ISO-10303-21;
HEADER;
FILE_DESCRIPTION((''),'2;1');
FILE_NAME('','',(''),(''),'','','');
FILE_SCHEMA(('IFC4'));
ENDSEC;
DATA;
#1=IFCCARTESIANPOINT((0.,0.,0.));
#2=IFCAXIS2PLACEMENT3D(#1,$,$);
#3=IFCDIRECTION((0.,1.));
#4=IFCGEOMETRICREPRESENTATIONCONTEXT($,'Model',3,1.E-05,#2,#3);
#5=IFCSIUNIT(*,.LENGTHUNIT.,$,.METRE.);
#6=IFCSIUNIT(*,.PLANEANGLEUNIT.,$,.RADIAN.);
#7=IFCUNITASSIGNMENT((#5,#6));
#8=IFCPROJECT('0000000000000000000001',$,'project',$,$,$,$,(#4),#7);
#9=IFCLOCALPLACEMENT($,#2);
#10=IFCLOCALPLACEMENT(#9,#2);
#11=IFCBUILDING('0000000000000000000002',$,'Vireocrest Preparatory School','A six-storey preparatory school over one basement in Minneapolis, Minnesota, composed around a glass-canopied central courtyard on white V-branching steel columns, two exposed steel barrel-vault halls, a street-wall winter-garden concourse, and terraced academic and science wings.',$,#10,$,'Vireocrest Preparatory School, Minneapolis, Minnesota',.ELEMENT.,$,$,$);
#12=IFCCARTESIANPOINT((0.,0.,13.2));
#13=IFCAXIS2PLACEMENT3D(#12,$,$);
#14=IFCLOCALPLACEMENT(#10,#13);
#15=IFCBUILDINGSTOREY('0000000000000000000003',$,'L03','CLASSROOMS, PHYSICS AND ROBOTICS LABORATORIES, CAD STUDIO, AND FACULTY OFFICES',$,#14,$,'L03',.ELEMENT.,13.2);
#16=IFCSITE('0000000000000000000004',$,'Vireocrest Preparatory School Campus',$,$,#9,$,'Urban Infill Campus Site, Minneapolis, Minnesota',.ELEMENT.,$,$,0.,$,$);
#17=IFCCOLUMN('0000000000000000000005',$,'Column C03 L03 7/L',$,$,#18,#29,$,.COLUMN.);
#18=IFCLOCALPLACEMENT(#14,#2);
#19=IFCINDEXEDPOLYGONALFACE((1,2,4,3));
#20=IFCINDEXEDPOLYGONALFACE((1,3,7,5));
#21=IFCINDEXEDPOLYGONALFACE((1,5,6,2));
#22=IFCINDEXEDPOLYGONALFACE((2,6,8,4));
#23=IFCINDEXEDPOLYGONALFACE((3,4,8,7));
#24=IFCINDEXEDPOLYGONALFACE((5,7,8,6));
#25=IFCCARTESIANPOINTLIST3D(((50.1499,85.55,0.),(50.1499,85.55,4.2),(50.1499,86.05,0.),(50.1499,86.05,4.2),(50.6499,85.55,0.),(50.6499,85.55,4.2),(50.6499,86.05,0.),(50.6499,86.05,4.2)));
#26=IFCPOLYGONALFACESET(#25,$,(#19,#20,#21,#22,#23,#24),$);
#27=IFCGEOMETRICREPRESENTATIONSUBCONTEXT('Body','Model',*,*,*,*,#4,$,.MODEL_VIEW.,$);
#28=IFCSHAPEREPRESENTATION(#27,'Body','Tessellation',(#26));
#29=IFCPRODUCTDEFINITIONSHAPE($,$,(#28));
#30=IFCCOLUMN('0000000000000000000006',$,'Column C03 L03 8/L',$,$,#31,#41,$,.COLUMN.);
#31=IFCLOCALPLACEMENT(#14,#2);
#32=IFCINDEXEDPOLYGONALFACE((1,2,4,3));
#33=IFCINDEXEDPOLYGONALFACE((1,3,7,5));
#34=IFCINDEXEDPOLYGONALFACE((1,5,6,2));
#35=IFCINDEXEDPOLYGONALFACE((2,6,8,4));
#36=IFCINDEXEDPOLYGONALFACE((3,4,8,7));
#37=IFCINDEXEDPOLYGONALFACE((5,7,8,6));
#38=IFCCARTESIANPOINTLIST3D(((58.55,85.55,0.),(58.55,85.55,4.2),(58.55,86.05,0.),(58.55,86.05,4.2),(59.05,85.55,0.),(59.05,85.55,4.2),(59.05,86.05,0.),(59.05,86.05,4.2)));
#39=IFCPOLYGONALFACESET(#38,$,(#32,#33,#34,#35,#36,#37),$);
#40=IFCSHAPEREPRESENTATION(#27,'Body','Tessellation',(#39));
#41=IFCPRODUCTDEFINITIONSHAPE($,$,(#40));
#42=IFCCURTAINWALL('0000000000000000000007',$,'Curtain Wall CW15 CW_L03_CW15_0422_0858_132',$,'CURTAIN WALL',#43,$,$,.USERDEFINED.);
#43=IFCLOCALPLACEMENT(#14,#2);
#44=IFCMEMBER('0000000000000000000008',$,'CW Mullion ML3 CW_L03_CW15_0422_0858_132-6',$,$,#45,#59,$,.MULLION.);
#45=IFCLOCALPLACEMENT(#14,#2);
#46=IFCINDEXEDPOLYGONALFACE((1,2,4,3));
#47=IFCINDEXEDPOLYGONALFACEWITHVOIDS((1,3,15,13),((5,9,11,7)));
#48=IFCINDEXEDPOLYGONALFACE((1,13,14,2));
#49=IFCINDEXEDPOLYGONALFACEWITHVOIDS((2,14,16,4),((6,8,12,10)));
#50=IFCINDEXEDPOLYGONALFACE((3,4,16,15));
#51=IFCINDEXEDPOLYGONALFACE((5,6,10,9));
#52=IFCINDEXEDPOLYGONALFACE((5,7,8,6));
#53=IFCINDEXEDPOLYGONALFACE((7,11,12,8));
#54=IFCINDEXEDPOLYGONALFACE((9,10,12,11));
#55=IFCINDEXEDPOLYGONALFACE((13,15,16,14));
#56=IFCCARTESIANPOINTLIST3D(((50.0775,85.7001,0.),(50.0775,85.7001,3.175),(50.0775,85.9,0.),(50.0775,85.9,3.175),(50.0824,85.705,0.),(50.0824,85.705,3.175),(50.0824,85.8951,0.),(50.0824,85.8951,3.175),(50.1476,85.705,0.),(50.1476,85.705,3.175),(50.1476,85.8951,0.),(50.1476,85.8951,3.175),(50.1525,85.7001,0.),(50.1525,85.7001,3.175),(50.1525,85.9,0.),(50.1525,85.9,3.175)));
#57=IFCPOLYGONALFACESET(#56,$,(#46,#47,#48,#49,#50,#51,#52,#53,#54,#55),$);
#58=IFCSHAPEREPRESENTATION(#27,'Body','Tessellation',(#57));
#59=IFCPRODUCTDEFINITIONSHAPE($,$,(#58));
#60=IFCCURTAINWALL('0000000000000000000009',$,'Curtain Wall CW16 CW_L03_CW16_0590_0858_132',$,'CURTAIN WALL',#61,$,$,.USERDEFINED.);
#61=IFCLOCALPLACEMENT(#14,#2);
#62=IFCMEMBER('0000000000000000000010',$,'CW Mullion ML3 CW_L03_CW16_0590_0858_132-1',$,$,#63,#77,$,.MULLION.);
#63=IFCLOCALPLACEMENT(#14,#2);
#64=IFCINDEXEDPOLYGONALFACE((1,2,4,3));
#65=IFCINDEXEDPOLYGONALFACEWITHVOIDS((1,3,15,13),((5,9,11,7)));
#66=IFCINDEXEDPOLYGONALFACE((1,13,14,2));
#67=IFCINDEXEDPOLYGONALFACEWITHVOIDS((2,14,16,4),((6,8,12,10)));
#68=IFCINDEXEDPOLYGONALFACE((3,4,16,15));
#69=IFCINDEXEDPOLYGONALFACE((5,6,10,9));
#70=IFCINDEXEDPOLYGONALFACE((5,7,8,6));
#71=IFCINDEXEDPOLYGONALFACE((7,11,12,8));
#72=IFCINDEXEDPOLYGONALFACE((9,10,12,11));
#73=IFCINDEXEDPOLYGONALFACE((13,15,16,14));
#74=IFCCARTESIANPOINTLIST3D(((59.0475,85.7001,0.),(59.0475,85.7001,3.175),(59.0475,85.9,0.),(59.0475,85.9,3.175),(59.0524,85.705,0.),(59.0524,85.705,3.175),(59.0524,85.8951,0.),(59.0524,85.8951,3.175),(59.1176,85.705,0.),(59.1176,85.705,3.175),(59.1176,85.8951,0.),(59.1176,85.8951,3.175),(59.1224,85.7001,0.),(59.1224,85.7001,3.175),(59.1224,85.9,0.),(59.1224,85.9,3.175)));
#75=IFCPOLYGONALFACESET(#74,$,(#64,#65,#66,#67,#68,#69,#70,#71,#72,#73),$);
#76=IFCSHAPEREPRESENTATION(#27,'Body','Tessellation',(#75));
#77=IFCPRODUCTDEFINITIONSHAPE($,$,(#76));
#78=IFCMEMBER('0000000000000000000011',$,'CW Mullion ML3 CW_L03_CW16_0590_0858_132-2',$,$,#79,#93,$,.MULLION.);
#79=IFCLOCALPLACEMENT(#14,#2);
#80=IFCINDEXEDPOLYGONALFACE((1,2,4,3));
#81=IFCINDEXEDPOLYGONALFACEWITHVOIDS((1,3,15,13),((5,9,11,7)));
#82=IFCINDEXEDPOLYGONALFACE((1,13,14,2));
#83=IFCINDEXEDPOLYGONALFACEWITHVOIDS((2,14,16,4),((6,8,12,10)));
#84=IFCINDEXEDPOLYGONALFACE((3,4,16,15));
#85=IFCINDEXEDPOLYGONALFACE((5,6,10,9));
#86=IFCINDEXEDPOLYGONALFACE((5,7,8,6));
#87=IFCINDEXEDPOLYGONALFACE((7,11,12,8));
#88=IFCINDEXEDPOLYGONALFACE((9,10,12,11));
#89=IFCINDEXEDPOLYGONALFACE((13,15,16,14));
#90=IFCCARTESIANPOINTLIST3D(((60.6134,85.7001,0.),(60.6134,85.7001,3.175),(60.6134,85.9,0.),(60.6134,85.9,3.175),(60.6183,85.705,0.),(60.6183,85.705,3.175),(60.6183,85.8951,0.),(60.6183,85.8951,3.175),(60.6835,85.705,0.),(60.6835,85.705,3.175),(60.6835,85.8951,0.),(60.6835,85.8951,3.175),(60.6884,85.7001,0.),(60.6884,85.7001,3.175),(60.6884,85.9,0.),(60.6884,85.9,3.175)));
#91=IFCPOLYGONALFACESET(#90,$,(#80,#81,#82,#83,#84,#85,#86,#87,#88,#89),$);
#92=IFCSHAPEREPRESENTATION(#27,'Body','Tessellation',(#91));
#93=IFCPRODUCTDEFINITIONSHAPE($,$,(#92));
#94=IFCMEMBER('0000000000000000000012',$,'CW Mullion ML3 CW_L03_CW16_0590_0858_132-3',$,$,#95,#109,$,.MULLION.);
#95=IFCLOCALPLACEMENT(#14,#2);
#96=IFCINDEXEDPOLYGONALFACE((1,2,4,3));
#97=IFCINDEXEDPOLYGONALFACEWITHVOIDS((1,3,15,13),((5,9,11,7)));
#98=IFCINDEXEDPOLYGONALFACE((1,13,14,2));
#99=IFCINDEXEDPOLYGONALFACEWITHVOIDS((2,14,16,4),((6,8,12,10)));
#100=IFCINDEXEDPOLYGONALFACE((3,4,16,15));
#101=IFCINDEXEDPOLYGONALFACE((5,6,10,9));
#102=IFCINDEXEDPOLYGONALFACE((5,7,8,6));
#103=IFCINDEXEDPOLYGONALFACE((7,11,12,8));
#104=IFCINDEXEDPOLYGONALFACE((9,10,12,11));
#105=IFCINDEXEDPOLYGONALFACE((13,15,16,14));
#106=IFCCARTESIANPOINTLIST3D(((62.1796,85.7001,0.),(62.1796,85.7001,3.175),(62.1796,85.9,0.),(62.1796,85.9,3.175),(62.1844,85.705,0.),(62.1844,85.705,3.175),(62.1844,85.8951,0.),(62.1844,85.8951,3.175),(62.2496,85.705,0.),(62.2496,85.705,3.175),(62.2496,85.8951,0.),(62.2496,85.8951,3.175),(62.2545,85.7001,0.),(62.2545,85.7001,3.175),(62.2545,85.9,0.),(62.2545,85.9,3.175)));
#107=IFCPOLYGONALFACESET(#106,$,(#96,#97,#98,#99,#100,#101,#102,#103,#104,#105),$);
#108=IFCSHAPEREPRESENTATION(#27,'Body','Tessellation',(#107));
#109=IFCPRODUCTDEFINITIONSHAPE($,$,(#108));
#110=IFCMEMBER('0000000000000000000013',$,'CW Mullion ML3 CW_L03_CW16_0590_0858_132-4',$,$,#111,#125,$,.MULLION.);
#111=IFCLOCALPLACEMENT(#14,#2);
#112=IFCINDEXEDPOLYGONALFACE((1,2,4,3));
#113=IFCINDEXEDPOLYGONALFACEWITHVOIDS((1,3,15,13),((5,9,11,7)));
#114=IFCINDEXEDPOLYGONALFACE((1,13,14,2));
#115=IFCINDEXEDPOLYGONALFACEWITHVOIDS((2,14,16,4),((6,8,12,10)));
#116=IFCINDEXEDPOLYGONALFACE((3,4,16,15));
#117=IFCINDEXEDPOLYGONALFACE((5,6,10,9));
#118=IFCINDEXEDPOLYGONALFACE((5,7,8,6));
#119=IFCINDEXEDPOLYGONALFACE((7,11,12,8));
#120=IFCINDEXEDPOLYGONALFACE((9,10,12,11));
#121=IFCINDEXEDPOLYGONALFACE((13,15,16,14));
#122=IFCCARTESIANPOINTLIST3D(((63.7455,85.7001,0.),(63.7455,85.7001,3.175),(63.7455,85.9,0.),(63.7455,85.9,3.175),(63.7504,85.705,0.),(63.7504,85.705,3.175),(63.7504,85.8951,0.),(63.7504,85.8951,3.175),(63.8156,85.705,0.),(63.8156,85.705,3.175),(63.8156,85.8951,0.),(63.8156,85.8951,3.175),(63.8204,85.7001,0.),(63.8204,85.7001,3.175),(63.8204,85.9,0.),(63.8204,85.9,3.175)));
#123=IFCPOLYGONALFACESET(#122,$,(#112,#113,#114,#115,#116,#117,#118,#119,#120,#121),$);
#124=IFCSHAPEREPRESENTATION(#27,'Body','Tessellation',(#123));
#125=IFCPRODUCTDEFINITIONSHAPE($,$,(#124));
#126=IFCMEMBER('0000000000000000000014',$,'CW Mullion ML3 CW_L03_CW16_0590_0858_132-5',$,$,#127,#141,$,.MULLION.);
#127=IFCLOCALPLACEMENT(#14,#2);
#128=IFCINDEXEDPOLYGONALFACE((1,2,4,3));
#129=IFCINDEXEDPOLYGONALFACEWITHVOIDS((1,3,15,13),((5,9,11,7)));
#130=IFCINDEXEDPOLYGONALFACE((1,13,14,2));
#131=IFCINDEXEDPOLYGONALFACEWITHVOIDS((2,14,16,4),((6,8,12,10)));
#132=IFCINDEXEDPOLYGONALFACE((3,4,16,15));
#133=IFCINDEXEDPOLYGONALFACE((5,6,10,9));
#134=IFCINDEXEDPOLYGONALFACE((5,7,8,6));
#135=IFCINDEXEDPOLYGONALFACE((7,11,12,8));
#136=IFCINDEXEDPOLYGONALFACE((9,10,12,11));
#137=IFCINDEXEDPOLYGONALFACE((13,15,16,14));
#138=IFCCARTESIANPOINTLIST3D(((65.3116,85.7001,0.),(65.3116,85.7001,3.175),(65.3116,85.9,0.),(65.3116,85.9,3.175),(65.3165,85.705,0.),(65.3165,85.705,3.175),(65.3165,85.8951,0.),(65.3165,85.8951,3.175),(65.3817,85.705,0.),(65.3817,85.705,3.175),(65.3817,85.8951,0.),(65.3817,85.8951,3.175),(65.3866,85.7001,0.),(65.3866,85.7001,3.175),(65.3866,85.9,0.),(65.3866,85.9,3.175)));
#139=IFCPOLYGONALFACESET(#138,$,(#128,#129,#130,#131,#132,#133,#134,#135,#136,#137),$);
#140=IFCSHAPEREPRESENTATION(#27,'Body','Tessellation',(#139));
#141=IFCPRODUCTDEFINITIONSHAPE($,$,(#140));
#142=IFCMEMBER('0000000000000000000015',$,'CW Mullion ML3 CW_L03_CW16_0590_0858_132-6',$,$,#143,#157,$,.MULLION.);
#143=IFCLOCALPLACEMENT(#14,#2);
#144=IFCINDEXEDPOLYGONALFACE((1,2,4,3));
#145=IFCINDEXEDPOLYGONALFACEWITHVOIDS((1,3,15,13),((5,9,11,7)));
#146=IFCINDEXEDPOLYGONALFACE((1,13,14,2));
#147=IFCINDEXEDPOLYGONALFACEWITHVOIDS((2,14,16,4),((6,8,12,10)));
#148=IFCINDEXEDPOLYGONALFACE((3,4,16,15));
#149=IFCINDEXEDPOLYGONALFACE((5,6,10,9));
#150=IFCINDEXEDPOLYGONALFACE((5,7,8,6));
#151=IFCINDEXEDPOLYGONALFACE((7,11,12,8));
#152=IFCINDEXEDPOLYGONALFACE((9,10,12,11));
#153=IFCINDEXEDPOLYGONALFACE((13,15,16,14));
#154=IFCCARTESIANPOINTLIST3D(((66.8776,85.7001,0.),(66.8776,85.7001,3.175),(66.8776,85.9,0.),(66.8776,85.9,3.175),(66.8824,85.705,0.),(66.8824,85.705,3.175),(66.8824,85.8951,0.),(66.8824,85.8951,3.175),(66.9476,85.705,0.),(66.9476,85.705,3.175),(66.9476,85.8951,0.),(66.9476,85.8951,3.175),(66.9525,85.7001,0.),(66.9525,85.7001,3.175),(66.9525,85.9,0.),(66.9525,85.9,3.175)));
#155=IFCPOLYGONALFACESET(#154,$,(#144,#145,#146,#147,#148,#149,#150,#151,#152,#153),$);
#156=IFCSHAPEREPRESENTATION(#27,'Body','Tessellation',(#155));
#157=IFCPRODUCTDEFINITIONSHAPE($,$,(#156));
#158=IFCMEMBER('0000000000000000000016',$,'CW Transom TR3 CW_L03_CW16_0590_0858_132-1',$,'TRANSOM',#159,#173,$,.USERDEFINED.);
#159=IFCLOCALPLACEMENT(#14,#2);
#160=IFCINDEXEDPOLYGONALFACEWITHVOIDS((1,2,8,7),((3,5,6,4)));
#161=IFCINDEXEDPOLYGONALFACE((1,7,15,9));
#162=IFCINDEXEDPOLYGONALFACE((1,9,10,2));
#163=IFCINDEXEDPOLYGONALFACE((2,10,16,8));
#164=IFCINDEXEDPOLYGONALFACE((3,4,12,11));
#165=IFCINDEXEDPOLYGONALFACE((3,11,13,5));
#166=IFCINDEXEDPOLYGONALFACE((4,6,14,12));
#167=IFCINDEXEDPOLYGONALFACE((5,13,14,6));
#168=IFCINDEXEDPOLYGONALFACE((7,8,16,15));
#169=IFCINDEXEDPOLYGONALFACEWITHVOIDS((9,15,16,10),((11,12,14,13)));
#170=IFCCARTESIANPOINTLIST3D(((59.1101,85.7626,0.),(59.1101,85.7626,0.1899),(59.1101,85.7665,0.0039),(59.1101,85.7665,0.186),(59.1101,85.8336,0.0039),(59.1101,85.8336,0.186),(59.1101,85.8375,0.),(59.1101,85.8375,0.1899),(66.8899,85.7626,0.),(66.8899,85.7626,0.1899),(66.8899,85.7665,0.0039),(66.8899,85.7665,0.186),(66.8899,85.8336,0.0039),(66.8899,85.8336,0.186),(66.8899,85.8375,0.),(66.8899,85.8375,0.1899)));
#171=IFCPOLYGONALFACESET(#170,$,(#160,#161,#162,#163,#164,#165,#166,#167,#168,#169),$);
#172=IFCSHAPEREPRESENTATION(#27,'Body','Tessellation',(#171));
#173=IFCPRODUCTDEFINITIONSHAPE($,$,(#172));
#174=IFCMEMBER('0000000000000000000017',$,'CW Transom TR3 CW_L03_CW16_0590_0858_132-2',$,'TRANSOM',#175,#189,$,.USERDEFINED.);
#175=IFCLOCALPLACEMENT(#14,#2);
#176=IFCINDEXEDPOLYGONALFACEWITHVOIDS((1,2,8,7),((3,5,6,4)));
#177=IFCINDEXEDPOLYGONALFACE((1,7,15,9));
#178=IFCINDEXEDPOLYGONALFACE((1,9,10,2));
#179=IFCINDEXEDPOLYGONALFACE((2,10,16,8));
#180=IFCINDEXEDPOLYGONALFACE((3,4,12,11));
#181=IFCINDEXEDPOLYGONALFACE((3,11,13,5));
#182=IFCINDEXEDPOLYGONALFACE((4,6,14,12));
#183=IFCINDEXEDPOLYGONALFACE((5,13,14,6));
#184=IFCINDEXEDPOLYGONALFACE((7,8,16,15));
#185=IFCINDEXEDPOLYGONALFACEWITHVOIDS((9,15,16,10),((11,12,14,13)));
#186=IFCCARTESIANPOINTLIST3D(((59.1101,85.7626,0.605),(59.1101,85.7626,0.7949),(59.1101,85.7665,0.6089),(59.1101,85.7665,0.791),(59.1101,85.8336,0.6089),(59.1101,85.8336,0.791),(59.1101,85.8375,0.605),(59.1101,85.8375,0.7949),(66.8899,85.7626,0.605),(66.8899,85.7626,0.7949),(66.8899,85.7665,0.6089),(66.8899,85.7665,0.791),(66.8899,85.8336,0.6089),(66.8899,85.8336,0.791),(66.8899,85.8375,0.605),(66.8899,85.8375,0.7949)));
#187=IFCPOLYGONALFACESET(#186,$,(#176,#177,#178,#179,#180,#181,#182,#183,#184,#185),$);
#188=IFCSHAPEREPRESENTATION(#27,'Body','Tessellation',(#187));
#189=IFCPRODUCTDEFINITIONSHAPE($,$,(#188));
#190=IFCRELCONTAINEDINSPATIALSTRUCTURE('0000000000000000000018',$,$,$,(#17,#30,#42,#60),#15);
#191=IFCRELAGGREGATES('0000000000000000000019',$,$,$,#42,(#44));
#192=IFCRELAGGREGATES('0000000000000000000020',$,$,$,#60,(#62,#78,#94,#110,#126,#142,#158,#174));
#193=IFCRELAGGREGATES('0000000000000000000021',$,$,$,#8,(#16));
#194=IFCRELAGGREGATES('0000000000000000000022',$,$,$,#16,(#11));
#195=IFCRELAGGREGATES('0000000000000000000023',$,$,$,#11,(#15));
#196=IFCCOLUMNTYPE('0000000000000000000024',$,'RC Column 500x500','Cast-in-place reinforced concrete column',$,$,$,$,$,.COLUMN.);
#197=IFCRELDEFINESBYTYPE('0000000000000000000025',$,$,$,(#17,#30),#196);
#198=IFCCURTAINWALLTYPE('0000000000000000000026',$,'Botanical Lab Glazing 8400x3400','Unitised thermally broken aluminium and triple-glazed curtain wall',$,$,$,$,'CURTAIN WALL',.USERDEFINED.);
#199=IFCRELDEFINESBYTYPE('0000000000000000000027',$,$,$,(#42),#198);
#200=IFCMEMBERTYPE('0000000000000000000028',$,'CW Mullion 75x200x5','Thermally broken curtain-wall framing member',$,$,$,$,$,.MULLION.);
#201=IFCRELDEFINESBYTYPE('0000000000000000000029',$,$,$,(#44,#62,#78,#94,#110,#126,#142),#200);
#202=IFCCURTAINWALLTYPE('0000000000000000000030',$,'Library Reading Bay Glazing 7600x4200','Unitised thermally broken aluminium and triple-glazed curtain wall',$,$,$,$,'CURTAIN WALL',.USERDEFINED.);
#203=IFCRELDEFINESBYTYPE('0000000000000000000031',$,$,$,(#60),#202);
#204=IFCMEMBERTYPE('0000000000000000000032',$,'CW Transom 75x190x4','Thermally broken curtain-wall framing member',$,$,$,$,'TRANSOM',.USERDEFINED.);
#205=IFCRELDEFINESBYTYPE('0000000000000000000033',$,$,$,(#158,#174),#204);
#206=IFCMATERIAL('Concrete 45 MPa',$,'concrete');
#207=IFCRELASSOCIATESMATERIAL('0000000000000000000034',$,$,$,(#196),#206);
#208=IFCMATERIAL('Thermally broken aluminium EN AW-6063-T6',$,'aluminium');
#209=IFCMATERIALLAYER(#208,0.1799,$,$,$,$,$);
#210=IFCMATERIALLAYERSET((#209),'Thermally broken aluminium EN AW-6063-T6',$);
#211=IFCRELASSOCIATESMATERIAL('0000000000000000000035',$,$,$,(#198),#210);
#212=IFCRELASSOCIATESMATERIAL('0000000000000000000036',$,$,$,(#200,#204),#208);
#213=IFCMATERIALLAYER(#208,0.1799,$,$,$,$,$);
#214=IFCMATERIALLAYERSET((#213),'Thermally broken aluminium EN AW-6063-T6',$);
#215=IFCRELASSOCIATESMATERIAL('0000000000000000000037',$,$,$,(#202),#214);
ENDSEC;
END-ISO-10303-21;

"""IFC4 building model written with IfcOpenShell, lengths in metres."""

from ifc_helpers import new_model, si_unit, direction, frame, origin, origin_2d, place, context, subcontext, project, spatial, rectangle, hollow_rectangle, extrude, material, layer, layer_set, material_profile, profile_set, type_object, element, aggregate, save


model = new_model("IFC4")

# Units and contexts
model_context = context("Model", 3, precision=1e-05, world=origin(), true_north=direction((0.0, 1.0)))
body_context = subcontext(model_context, "Body", "Model", "MODEL_VIEW")
ifc_project = project(units=[si_unit("LENGTHUNIT", "METRE"), si_unit("PLANEANGLEUNIT", "RADIAN")], contexts=[model_context])

# Site, building, storey
site_placement = place(None, origin())
site = spatial("IfcSite", under=ifc_project, at=site_placement, Name="Vireocrest Preparatory School Campus", LongName="Urban Infill Campus Site, Minneapolis, Minnesota", CompositionType="ELEMENT", RefElevation=0.0)
building_placement = place(site_placement, origin())
building = spatial("IfcBuilding", under=site, at=building_placement, Name="Vireocrest Preparatory School", Description="A six-storey preparatory school over one basement in Minneapolis, Minnesota, composed around a glass-canopied central courtyard on white V-branching steel columns, two exposed steel barrel-vault halls, a street-wall winter-garden concourse, and terraced academic and science wings.", LongName="Vireocrest Preparatory School, Minneapolis, Minnesota", CompositionType="ELEMENT")
storey_placement = place(building_placement, frame((0.0, 0.0, 13.2)))
storey = spatial("IfcBuildingStorey", under=building, at=storey_placement, Name="L03", Description="CLASSROOMS, PHYSICS AND ROBOTICS LABORATORIES, CAD STUDIO, AND FACULTY OFFICES", LongName="L03", CompositionType="ELEMENT", Elevation=13.2)

# Columns
ifc_material_1 = material(Name="Concrete 45 MPa", Category="concrete")
ifc_material_profile_1 = material_profile(ifc_material_1, rectangle(XDim=0.5, YDim=0.5, at=origin_2d()), Name="RC 500x500")
ifc_profile_set_1 = profile_set([ifc_material_profile_1], Name="Concrete 45 MPa")
column_type = type_object("IfcColumnType", Name="RC Column 500x500", Description="Cast-in-place reinforced concrete column", PredefinedType="COLUMN", material=ifc_profile_set_1)
for number, where, z_axis, x_axis, name in (
    (1, (50.3999, 85.8, 0.0), (0.0, 0.0, 1.0), (1.0, 0.0, 0.0), "Column C03 L03 7/L"),
    (2, (58.8, 85.8, 0.0), (0.0, 0.0, 1.0), (1.0, 0.0, 0.0), "Column C03 L03 8/L"),
):
    element("IfcColumn", number, at=place(storey_placement, frame(where, z_axis=z_axis, x_axis=x_axis)), inside=storey, type_object=column_type, Name=name, PredefinedType="COLUMN", context=body_context, shape_type="SweptSolid", body=[
        extrude(rectangle(XDim=0.5, YDim=0.5, at=origin_2d()), origin(), (0.0, 0.0, 1.0), 4.2),
    ])

# Curtain wall, member
ifc_material_2 = material(Name="Thermally broken aluminium EN AW-6063-T6", Category="aluminium")
ifc_layer_1 = layer(ifc_material_2, 0.1799)
ifc_layer_set_1 = layer_set([ifc_layer_1], Name="Thermally broken aluminium EN AW-6063-T6")
curtain_wall_type_1 = type_object("IfcCurtainWallType", Name="Botanical Lab Glazing 8400x3400", Description="Unitised thermally broken aluminium and triple-glazed curtain wall", ElementType="CURTAIN WALL", PredefinedType="USERDEFINED", material=ifc_layer_set_1)
curtain_wall_1_placement = place(storey_placement, origin())
curtain_wall_1 = element("IfcCurtainWall", 3, at=curtain_wall_1_placement, inside=storey, type_object=curtain_wall_type_1, Name="Curtain Wall CW15 CW_L03_CW15_0422_0858_132", ObjectType="CURTAIN WALL", PredefinedType="USERDEFINED")
ifc_material_profile_2 = material_profile(ifc_material_2, hollow_rectangle(XDim=0.075, YDim=0.2, WallThickness=0.0049, at=origin_2d()), Name="ALU 75x200x5")
ifc_profile_set_2 = profile_set([ifc_material_profile_2], Name="Thermally broken aluminium EN AW-6063-T6")
member_type_1 = type_object("IfcMemberType", Name="CW Mullion 75x200x5", Description="Thermally broken curtain-wall framing member", PredefinedType="MULLION", material=ifc_profile_set_2)
member_1_placement = place(storey_placement, frame((50.115, 85.8, 0.0), z_axis=(0.0, 0.0, 1.0), x_axis=(1.0, 0.0, 0.0)))
member_1 = element("IfcMember", 4, at=member_1_placement, type_object=member_type_1, Name="CW Mullion ML3 CW_L03_CW15_0422_0858_132-6", PredefinedType="MULLION", context=body_context, shape_type="SweptSolid", body=[
    extrude(hollow_rectangle(XDim=0.075, YDim=0.2, WallThickness=0.0049, at=origin_2d()), origin(), (0.0, 0.0, 1.0), 3.175),
])
aggregate(curtain_wall_1, [member_1])

# Curtain wall, members
ifc_layer_2 = layer(ifc_material_2, 0.1799)
ifc_layer_set_2 = layer_set([ifc_layer_2], Name="Thermally broken aluminium EN AW-6063-T6")
curtain_wall_type_2 = type_object("IfcCurtainWallType", Name="Library Reading Bay Glazing 7600x4200", Description="Unitised thermally broken aluminium and triple-glazed curtain wall", ElementType="CURTAIN WALL", PredefinedType="USERDEFINED", material=ifc_layer_set_2)
curtain_wall_2_placement = place(storey_placement, origin())
curtain_wall_2 = element("IfcCurtainWall", 5, at=curtain_wall_2_placement, inside=storey, type_object=curtain_wall_type_2, Name="Curtain Wall CW16 CW_L03_CW16_0590_0858_132", ObjectType="CURTAIN WALL", PredefinedType="USERDEFINED")
member_2_placement = place(storey_placement, frame((59.085, 85.8, 0.0), z_axis=(0.0, 0.0, 1.0), x_axis=(1.0, 0.0, 0.0)))
member_2 = element("IfcMember", 6, at=member_2_placement, type_object=member_type_1, Name="CW Mullion ML3 CW_L03_CW16_0590_0858_132-1", PredefinedType="MULLION", context=body_context, shape_type="SweptSolid", body=[
    extrude(hollow_rectangle(XDim=0.075, YDim=0.2, WallThickness=0.0049, at=origin_2d()), origin(), (0.0, 0.0, 1.0), 3.175),
])
member_3_placement = place(storey_placement, frame((60.6509, 85.8, 0.0), z_axis=(0.0, 0.0, 1.0), x_axis=(1.0, 0.0, 0.0)))
member_3 = element("IfcMember", 7, at=member_3_placement, type_object=member_type_1, Name="CW Mullion ML3 CW_L03_CW16_0590_0858_132-2", PredefinedType="MULLION", context=body_context, shape_type="SweptSolid", body=[
    extrude(hollow_rectangle(XDim=0.075, YDim=0.2, WallThickness=0.0049, at=origin_2d()), origin(), (0.0, 0.0, 1.0), 3.175),
])
member_4_placement = place(storey_placement, frame((62.217, 85.8, 0.0), z_axis=(0.0, 0.0, 1.0), x_axis=(1.0, 0.0, 0.0)))
member_4 = element("IfcMember", 8, at=member_4_placement, type_object=member_type_1, Name="CW Mullion ML3 CW_L03_CW16_0590_0858_132-3", PredefinedType="MULLION", context=body_context, shape_type="SweptSolid", body=[
    extrude(hollow_rectangle(XDim=0.075, YDim=0.2, WallThickness=0.0049, at=origin_2d()), origin(), (0.0, 0.0, 1.0), 3.175),
])
member_5_placement = place(storey_placement, frame((63.783, 85.8, 0.0), z_axis=(0.0, 0.0, 1.0), x_axis=(1.0, 0.0, 0.0)))
member_5 = element("IfcMember", 9, at=member_5_placement, type_object=member_type_1, Name="CW Mullion ML3 CW_L03_CW16_0590_0858_132-4", PredefinedType="MULLION", context=body_context, shape_type="SweptSolid", body=[
    extrude(hollow_rectangle(XDim=0.075, YDim=0.2, WallThickness=0.0049, at=origin_2d()), origin(), (0.0, 0.0, 1.0), 3.175),
])
member_6_placement = place(storey_placement, frame((65.3491, 85.8, 0.0), z_axis=(0.0, 0.0, 1.0), x_axis=(1.0, 0.0, 0.0)))
member_6 = element("IfcMember", 10, at=member_6_placement, type_object=member_type_1, Name="CW Mullion ML3 CW_L03_CW16_0590_0858_132-5", PredefinedType="MULLION", context=body_context, shape_type="SweptSolid", body=[
    extrude(hollow_rectangle(XDim=0.075, YDim=0.2, WallThickness=0.0049, at=origin_2d()), origin(), (0.0, 0.0, 1.0), 3.175),
])
member_7_placement = place(storey_placement, frame((66.915, 85.8, 0.0), z_axis=(0.0, 0.0, 1.0), x_axis=(1.0, 0.0, 0.0)))
member_7 = element("IfcMember", 11, at=member_7_placement, type_object=member_type_1, Name="CW Mullion ML3 CW_L03_CW16_0590_0858_132-6", PredefinedType="MULLION", context=body_context, shape_type="SweptSolid", body=[
    extrude(hollow_rectangle(XDim=0.075, YDim=0.2, WallThickness=0.0049, at=origin_2d()), origin(), (0.0, 0.0, 1.0), 3.175),
])
ifc_material_profile_3 = material_profile(ifc_material_2, hollow_rectangle(XDim=0.075, YDim=0.1899, WallThickness=0.0039, at=origin_2d()), Name="ALU 75x190x4")
ifc_profile_set_3 = profile_set([ifc_material_profile_3], Name="Thermally broken aluminium EN AW-6063-T6")
member_type_2 = type_object("IfcMemberType", Name="CW Transom 75x190x4", Description="Thermally broken curtain-wall framing member", ElementType="TRANSOM", PredefinedType="USERDEFINED", material=ifc_profile_set_3)
member_8_placement = place(storey_placement, frame((59.1101, 85.8, 0.095), z_axis=(1.0, 0.0, 0.0), x_axis=(0.0, 1.0, 0.0)))
member_8 = element("IfcMember", 12, at=member_8_placement, type_object=member_type_2, Name="CW Transom TR3 CW_L03_CW16_0590_0858_132-1", ObjectType="TRANSOM", PredefinedType="USERDEFINED", context=body_context, shape_type="SweptSolid", body=[
    extrude(hollow_rectangle(XDim=0.075, YDim=0.1899, WallThickness=0.0039, at=origin_2d()), origin(), (0.0, 0.0, 1.0), 7.7798),
])
member_9_placement = place(storey_placement, frame((59.1101, 85.8, 0.7), z_axis=(1.0, 0.0, 0.0), x_axis=(0.0, 1.0, 0.0)))
member_9 = element("IfcMember", 13, at=member_9_placement, type_object=member_type_2, Name="CW Transom TR3 CW_L03_CW16_0590_0858_132-2", ObjectType="TRANSOM", PredefinedType="USERDEFINED", context=body_context, shape_type="SweptSolid", body=[
    extrude(hollow_rectangle(XDim=0.075, YDim=0.1899, WallThickness=0.0039, at=origin_2d()), origin(), (0.0, 0.0, 1.0), 7.7798),
])

aggregate(curtain_wall_2, [member_2, member_3, member_4, member_5, member_6, member_7, member_8, member_9])

save(model, "model.ifc")
